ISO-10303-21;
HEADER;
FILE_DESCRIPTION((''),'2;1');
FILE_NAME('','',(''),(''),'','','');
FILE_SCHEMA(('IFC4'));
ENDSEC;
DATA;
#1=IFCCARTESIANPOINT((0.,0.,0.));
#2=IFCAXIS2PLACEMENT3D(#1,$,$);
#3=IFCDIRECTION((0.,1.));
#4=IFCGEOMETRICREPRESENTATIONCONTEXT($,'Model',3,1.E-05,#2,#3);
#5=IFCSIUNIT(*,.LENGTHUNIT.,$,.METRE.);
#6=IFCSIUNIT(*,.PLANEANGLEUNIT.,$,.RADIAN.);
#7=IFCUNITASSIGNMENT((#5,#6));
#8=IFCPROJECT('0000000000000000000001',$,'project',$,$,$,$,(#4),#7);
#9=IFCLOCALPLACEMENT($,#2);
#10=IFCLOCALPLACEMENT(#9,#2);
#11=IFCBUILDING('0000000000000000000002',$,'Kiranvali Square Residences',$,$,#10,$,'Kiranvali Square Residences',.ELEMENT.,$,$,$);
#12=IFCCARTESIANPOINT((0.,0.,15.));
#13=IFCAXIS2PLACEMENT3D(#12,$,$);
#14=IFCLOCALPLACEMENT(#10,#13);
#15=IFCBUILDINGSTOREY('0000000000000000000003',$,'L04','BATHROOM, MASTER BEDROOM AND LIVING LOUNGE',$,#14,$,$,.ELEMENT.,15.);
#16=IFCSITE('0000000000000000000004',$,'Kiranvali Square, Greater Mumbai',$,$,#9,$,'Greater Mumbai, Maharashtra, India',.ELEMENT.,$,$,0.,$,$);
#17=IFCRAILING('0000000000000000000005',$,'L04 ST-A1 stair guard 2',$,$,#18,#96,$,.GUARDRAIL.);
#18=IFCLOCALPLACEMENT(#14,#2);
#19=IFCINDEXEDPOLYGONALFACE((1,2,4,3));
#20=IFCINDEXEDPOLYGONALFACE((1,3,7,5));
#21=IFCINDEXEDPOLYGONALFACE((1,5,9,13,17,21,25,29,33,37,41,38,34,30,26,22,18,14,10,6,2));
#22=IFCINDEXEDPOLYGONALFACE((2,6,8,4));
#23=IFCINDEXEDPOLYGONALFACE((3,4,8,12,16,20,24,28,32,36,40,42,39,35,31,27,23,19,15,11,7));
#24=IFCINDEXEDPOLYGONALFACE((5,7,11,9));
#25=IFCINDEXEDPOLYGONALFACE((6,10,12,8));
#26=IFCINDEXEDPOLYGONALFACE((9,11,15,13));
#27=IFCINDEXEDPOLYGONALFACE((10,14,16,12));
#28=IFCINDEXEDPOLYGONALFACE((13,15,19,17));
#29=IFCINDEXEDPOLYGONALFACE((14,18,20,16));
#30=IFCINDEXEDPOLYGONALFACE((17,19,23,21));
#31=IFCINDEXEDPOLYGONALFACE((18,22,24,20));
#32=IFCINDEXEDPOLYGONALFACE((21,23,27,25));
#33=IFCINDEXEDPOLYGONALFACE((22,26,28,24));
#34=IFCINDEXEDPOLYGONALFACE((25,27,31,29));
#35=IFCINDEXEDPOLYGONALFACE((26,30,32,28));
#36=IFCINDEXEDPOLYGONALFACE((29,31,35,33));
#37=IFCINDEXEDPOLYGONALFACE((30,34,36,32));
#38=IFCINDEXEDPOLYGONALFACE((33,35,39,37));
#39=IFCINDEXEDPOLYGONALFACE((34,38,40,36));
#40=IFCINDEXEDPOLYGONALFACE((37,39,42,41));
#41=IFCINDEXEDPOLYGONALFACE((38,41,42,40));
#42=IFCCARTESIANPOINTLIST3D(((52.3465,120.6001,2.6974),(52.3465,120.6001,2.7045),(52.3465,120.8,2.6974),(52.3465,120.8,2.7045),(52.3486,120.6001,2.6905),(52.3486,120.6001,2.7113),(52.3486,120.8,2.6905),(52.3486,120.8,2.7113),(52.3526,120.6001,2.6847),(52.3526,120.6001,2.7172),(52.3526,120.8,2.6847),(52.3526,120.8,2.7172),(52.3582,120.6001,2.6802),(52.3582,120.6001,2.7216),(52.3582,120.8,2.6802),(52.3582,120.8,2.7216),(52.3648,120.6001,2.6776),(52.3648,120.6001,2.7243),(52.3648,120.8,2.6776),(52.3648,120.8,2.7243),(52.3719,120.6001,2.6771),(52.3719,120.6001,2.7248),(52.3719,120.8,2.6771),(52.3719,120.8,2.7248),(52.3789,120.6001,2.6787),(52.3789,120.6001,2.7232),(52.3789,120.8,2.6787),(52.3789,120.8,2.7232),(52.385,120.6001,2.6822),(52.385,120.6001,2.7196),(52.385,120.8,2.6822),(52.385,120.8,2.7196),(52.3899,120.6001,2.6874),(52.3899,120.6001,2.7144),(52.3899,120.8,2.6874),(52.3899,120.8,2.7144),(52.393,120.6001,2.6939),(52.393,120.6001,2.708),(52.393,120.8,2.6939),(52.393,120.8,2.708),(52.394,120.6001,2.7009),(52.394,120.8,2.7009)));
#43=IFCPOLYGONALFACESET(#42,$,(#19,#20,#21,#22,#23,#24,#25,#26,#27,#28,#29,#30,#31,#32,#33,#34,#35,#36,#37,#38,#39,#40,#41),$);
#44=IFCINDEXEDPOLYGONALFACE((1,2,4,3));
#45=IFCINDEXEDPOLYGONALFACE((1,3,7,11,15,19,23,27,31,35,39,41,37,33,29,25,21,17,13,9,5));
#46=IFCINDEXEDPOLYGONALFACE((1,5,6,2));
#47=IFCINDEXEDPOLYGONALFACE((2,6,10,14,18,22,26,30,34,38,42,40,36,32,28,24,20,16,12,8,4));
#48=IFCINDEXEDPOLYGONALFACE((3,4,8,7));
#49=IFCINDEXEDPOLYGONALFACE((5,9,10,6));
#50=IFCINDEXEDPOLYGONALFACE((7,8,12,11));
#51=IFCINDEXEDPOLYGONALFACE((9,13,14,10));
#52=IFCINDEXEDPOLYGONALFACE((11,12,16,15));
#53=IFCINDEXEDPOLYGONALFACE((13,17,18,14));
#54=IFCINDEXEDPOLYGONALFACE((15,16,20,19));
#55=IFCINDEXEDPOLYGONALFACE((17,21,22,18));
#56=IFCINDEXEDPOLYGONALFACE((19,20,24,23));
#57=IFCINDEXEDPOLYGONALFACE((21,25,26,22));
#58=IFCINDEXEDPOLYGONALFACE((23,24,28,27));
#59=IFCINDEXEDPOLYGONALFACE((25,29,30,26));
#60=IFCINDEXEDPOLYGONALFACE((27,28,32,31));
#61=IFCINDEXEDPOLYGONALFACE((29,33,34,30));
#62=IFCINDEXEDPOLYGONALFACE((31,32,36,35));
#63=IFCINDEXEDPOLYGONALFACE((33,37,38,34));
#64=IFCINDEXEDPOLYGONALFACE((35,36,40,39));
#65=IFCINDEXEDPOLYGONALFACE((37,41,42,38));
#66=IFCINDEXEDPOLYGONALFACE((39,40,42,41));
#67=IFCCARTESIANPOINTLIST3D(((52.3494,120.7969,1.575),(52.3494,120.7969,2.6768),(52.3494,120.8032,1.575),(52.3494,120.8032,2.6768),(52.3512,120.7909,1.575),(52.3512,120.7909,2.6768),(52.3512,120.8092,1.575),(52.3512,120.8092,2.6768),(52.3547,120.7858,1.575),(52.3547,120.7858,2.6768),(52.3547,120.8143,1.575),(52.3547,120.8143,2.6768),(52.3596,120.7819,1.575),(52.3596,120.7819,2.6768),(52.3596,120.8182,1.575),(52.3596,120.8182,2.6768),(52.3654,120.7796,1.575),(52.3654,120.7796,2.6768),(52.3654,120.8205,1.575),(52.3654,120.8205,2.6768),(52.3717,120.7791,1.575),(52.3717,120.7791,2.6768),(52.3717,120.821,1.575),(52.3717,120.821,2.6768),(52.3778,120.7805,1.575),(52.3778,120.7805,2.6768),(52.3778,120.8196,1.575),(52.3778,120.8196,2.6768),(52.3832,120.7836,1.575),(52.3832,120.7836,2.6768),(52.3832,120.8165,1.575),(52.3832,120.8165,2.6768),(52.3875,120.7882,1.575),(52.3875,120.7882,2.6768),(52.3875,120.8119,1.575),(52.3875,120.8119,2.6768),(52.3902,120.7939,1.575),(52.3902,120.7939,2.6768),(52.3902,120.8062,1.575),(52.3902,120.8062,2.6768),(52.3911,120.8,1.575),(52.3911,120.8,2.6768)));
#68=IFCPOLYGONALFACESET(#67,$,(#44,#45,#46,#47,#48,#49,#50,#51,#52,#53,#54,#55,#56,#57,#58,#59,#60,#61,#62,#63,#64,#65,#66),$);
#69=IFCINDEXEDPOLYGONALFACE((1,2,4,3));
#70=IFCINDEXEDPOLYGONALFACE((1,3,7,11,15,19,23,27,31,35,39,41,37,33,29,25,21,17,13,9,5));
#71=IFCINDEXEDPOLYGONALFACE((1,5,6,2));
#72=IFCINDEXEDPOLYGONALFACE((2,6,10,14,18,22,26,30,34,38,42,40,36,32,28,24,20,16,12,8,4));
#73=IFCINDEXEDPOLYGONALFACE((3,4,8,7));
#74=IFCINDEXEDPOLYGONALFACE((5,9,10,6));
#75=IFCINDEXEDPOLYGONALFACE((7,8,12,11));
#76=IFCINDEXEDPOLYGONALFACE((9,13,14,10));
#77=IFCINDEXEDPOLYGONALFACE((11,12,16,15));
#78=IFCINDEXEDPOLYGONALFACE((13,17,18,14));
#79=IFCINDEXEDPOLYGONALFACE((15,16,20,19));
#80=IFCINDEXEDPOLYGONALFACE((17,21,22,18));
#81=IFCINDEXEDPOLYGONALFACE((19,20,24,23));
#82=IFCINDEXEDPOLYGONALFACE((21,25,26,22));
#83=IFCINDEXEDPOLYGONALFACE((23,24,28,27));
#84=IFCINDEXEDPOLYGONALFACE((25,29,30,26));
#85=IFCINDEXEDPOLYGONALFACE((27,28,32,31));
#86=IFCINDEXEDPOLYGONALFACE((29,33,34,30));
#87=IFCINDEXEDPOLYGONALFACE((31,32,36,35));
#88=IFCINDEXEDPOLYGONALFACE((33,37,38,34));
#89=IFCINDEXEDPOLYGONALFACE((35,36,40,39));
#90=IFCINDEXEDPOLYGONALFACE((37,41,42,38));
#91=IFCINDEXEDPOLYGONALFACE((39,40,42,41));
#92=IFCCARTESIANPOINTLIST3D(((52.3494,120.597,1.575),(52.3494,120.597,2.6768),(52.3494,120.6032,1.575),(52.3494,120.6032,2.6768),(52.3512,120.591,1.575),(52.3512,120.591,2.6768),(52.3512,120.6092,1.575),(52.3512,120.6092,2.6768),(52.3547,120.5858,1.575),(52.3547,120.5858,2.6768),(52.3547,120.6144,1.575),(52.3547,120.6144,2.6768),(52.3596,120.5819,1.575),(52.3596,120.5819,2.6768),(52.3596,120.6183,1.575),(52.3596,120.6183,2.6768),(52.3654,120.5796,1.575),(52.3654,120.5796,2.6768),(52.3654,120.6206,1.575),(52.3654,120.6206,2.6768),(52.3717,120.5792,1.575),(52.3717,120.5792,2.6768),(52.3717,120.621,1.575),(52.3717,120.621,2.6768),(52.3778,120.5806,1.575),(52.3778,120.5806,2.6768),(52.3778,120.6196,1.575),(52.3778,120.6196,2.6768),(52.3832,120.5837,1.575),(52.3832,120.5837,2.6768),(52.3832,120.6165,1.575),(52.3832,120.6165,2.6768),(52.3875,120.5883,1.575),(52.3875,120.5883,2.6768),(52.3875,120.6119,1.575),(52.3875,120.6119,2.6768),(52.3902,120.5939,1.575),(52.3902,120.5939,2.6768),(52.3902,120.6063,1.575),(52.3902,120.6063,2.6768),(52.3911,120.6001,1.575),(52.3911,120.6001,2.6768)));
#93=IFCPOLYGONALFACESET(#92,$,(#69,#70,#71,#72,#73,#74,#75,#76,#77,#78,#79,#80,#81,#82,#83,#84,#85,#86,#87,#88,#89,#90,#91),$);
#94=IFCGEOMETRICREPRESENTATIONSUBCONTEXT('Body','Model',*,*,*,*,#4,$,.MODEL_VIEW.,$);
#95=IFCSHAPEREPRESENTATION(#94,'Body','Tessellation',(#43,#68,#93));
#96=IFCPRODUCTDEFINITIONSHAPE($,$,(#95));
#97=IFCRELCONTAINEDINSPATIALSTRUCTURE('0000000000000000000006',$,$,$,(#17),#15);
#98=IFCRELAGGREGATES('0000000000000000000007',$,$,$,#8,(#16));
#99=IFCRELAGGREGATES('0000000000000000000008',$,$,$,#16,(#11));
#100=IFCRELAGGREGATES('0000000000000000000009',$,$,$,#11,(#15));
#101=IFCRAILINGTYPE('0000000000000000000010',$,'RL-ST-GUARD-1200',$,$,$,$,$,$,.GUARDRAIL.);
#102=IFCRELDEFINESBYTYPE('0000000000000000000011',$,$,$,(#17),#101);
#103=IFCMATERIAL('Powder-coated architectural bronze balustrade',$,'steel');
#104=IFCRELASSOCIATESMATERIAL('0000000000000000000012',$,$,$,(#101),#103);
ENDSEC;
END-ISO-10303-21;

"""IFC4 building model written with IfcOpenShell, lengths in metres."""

from ifc_helpers import new_model, si_unit, direction, frame, origin, origin_2d, place, context, subcontext, project, spatial, circle, extrude, material, type_object, element, save


model = new_model("IFC4")

# Units and contexts
model_context = context("Model", 3, precision=1e-05, world=origin(), true_north=direction((0.0, 1.0)))
body_context = subcontext(model_context, "Body", "Model", "MODEL_VIEW")
ifc_project = project(units=[si_unit("LENGTHUNIT", "METRE"), si_unit("PLANEANGLEUNIT", "RADIAN")], contexts=[model_context])

# Site, building, storey
site_placement = place(None, origin())
site = spatial("IfcSite", under=ifc_project, at=site_placement, Name="Kiranvali Square, Greater Mumbai", LongName="Greater Mumbai, Maharashtra, India", CompositionType="ELEMENT", RefElevation=0.0)
building_placement = place(site_placement, origin())
building = spatial("IfcBuilding", under=site, at=building_placement, Name="Kiranvali Square Residences", LongName="Kiranvali Square Residences", CompositionType="ELEMENT")
storey_placement = place(building_placement, frame((0.0, 0.0, 15.0)))
storey = spatial("IfcBuildingStorey", under=building, at=storey_placement, Name="L04", Description="BATHROOM, MASTER BEDROOM AND LIVING LOUNGE", CompositionType="ELEMENT", Elevation=15.0)

# Railing
ifc_material_1 = material(Name="Powder-coated architectural bronze balustrade", Category="steel")
railing_type_1 = type_object("IfcRailingType", Name="RL-ST-GUARD-1200", PredefinedType="GUARDRAIL", material=ifc_material_1)
railing_1_placement = place(storey_placement, frame((52.3701, 120.8, 1.575)))
element("IfcRailing", 1, at=railing_1_placement, inside=storey, type_object=railing_type_1, Name="L04 ST-A1 stair guard 2", PredefinedType="GUARDRAIL", context=body_context, shape_type="SweptSolid", body=[
    extrude(circle(Radius=0.0239, at=origin_2d()), frame((0.0, 0.0, 1.126), z_axis=(0.0, -1.0, 0.0), x_axis=(1.0, 0.0, 0.0)), (0.0, 0.0, 1.0), 0.2),
    extrude(circle(Radius=0.021, at=origin_2d()), origin(), (0.0, 0.0, 1.0), 1.1018),
    extrude(circle(Radius=0.021, at=origin_2d()), frame((0.0, -0.2, 0.0)), (0.0, 0.0, 1.0), 1.1018),
])

save(model, "model.ifc")
